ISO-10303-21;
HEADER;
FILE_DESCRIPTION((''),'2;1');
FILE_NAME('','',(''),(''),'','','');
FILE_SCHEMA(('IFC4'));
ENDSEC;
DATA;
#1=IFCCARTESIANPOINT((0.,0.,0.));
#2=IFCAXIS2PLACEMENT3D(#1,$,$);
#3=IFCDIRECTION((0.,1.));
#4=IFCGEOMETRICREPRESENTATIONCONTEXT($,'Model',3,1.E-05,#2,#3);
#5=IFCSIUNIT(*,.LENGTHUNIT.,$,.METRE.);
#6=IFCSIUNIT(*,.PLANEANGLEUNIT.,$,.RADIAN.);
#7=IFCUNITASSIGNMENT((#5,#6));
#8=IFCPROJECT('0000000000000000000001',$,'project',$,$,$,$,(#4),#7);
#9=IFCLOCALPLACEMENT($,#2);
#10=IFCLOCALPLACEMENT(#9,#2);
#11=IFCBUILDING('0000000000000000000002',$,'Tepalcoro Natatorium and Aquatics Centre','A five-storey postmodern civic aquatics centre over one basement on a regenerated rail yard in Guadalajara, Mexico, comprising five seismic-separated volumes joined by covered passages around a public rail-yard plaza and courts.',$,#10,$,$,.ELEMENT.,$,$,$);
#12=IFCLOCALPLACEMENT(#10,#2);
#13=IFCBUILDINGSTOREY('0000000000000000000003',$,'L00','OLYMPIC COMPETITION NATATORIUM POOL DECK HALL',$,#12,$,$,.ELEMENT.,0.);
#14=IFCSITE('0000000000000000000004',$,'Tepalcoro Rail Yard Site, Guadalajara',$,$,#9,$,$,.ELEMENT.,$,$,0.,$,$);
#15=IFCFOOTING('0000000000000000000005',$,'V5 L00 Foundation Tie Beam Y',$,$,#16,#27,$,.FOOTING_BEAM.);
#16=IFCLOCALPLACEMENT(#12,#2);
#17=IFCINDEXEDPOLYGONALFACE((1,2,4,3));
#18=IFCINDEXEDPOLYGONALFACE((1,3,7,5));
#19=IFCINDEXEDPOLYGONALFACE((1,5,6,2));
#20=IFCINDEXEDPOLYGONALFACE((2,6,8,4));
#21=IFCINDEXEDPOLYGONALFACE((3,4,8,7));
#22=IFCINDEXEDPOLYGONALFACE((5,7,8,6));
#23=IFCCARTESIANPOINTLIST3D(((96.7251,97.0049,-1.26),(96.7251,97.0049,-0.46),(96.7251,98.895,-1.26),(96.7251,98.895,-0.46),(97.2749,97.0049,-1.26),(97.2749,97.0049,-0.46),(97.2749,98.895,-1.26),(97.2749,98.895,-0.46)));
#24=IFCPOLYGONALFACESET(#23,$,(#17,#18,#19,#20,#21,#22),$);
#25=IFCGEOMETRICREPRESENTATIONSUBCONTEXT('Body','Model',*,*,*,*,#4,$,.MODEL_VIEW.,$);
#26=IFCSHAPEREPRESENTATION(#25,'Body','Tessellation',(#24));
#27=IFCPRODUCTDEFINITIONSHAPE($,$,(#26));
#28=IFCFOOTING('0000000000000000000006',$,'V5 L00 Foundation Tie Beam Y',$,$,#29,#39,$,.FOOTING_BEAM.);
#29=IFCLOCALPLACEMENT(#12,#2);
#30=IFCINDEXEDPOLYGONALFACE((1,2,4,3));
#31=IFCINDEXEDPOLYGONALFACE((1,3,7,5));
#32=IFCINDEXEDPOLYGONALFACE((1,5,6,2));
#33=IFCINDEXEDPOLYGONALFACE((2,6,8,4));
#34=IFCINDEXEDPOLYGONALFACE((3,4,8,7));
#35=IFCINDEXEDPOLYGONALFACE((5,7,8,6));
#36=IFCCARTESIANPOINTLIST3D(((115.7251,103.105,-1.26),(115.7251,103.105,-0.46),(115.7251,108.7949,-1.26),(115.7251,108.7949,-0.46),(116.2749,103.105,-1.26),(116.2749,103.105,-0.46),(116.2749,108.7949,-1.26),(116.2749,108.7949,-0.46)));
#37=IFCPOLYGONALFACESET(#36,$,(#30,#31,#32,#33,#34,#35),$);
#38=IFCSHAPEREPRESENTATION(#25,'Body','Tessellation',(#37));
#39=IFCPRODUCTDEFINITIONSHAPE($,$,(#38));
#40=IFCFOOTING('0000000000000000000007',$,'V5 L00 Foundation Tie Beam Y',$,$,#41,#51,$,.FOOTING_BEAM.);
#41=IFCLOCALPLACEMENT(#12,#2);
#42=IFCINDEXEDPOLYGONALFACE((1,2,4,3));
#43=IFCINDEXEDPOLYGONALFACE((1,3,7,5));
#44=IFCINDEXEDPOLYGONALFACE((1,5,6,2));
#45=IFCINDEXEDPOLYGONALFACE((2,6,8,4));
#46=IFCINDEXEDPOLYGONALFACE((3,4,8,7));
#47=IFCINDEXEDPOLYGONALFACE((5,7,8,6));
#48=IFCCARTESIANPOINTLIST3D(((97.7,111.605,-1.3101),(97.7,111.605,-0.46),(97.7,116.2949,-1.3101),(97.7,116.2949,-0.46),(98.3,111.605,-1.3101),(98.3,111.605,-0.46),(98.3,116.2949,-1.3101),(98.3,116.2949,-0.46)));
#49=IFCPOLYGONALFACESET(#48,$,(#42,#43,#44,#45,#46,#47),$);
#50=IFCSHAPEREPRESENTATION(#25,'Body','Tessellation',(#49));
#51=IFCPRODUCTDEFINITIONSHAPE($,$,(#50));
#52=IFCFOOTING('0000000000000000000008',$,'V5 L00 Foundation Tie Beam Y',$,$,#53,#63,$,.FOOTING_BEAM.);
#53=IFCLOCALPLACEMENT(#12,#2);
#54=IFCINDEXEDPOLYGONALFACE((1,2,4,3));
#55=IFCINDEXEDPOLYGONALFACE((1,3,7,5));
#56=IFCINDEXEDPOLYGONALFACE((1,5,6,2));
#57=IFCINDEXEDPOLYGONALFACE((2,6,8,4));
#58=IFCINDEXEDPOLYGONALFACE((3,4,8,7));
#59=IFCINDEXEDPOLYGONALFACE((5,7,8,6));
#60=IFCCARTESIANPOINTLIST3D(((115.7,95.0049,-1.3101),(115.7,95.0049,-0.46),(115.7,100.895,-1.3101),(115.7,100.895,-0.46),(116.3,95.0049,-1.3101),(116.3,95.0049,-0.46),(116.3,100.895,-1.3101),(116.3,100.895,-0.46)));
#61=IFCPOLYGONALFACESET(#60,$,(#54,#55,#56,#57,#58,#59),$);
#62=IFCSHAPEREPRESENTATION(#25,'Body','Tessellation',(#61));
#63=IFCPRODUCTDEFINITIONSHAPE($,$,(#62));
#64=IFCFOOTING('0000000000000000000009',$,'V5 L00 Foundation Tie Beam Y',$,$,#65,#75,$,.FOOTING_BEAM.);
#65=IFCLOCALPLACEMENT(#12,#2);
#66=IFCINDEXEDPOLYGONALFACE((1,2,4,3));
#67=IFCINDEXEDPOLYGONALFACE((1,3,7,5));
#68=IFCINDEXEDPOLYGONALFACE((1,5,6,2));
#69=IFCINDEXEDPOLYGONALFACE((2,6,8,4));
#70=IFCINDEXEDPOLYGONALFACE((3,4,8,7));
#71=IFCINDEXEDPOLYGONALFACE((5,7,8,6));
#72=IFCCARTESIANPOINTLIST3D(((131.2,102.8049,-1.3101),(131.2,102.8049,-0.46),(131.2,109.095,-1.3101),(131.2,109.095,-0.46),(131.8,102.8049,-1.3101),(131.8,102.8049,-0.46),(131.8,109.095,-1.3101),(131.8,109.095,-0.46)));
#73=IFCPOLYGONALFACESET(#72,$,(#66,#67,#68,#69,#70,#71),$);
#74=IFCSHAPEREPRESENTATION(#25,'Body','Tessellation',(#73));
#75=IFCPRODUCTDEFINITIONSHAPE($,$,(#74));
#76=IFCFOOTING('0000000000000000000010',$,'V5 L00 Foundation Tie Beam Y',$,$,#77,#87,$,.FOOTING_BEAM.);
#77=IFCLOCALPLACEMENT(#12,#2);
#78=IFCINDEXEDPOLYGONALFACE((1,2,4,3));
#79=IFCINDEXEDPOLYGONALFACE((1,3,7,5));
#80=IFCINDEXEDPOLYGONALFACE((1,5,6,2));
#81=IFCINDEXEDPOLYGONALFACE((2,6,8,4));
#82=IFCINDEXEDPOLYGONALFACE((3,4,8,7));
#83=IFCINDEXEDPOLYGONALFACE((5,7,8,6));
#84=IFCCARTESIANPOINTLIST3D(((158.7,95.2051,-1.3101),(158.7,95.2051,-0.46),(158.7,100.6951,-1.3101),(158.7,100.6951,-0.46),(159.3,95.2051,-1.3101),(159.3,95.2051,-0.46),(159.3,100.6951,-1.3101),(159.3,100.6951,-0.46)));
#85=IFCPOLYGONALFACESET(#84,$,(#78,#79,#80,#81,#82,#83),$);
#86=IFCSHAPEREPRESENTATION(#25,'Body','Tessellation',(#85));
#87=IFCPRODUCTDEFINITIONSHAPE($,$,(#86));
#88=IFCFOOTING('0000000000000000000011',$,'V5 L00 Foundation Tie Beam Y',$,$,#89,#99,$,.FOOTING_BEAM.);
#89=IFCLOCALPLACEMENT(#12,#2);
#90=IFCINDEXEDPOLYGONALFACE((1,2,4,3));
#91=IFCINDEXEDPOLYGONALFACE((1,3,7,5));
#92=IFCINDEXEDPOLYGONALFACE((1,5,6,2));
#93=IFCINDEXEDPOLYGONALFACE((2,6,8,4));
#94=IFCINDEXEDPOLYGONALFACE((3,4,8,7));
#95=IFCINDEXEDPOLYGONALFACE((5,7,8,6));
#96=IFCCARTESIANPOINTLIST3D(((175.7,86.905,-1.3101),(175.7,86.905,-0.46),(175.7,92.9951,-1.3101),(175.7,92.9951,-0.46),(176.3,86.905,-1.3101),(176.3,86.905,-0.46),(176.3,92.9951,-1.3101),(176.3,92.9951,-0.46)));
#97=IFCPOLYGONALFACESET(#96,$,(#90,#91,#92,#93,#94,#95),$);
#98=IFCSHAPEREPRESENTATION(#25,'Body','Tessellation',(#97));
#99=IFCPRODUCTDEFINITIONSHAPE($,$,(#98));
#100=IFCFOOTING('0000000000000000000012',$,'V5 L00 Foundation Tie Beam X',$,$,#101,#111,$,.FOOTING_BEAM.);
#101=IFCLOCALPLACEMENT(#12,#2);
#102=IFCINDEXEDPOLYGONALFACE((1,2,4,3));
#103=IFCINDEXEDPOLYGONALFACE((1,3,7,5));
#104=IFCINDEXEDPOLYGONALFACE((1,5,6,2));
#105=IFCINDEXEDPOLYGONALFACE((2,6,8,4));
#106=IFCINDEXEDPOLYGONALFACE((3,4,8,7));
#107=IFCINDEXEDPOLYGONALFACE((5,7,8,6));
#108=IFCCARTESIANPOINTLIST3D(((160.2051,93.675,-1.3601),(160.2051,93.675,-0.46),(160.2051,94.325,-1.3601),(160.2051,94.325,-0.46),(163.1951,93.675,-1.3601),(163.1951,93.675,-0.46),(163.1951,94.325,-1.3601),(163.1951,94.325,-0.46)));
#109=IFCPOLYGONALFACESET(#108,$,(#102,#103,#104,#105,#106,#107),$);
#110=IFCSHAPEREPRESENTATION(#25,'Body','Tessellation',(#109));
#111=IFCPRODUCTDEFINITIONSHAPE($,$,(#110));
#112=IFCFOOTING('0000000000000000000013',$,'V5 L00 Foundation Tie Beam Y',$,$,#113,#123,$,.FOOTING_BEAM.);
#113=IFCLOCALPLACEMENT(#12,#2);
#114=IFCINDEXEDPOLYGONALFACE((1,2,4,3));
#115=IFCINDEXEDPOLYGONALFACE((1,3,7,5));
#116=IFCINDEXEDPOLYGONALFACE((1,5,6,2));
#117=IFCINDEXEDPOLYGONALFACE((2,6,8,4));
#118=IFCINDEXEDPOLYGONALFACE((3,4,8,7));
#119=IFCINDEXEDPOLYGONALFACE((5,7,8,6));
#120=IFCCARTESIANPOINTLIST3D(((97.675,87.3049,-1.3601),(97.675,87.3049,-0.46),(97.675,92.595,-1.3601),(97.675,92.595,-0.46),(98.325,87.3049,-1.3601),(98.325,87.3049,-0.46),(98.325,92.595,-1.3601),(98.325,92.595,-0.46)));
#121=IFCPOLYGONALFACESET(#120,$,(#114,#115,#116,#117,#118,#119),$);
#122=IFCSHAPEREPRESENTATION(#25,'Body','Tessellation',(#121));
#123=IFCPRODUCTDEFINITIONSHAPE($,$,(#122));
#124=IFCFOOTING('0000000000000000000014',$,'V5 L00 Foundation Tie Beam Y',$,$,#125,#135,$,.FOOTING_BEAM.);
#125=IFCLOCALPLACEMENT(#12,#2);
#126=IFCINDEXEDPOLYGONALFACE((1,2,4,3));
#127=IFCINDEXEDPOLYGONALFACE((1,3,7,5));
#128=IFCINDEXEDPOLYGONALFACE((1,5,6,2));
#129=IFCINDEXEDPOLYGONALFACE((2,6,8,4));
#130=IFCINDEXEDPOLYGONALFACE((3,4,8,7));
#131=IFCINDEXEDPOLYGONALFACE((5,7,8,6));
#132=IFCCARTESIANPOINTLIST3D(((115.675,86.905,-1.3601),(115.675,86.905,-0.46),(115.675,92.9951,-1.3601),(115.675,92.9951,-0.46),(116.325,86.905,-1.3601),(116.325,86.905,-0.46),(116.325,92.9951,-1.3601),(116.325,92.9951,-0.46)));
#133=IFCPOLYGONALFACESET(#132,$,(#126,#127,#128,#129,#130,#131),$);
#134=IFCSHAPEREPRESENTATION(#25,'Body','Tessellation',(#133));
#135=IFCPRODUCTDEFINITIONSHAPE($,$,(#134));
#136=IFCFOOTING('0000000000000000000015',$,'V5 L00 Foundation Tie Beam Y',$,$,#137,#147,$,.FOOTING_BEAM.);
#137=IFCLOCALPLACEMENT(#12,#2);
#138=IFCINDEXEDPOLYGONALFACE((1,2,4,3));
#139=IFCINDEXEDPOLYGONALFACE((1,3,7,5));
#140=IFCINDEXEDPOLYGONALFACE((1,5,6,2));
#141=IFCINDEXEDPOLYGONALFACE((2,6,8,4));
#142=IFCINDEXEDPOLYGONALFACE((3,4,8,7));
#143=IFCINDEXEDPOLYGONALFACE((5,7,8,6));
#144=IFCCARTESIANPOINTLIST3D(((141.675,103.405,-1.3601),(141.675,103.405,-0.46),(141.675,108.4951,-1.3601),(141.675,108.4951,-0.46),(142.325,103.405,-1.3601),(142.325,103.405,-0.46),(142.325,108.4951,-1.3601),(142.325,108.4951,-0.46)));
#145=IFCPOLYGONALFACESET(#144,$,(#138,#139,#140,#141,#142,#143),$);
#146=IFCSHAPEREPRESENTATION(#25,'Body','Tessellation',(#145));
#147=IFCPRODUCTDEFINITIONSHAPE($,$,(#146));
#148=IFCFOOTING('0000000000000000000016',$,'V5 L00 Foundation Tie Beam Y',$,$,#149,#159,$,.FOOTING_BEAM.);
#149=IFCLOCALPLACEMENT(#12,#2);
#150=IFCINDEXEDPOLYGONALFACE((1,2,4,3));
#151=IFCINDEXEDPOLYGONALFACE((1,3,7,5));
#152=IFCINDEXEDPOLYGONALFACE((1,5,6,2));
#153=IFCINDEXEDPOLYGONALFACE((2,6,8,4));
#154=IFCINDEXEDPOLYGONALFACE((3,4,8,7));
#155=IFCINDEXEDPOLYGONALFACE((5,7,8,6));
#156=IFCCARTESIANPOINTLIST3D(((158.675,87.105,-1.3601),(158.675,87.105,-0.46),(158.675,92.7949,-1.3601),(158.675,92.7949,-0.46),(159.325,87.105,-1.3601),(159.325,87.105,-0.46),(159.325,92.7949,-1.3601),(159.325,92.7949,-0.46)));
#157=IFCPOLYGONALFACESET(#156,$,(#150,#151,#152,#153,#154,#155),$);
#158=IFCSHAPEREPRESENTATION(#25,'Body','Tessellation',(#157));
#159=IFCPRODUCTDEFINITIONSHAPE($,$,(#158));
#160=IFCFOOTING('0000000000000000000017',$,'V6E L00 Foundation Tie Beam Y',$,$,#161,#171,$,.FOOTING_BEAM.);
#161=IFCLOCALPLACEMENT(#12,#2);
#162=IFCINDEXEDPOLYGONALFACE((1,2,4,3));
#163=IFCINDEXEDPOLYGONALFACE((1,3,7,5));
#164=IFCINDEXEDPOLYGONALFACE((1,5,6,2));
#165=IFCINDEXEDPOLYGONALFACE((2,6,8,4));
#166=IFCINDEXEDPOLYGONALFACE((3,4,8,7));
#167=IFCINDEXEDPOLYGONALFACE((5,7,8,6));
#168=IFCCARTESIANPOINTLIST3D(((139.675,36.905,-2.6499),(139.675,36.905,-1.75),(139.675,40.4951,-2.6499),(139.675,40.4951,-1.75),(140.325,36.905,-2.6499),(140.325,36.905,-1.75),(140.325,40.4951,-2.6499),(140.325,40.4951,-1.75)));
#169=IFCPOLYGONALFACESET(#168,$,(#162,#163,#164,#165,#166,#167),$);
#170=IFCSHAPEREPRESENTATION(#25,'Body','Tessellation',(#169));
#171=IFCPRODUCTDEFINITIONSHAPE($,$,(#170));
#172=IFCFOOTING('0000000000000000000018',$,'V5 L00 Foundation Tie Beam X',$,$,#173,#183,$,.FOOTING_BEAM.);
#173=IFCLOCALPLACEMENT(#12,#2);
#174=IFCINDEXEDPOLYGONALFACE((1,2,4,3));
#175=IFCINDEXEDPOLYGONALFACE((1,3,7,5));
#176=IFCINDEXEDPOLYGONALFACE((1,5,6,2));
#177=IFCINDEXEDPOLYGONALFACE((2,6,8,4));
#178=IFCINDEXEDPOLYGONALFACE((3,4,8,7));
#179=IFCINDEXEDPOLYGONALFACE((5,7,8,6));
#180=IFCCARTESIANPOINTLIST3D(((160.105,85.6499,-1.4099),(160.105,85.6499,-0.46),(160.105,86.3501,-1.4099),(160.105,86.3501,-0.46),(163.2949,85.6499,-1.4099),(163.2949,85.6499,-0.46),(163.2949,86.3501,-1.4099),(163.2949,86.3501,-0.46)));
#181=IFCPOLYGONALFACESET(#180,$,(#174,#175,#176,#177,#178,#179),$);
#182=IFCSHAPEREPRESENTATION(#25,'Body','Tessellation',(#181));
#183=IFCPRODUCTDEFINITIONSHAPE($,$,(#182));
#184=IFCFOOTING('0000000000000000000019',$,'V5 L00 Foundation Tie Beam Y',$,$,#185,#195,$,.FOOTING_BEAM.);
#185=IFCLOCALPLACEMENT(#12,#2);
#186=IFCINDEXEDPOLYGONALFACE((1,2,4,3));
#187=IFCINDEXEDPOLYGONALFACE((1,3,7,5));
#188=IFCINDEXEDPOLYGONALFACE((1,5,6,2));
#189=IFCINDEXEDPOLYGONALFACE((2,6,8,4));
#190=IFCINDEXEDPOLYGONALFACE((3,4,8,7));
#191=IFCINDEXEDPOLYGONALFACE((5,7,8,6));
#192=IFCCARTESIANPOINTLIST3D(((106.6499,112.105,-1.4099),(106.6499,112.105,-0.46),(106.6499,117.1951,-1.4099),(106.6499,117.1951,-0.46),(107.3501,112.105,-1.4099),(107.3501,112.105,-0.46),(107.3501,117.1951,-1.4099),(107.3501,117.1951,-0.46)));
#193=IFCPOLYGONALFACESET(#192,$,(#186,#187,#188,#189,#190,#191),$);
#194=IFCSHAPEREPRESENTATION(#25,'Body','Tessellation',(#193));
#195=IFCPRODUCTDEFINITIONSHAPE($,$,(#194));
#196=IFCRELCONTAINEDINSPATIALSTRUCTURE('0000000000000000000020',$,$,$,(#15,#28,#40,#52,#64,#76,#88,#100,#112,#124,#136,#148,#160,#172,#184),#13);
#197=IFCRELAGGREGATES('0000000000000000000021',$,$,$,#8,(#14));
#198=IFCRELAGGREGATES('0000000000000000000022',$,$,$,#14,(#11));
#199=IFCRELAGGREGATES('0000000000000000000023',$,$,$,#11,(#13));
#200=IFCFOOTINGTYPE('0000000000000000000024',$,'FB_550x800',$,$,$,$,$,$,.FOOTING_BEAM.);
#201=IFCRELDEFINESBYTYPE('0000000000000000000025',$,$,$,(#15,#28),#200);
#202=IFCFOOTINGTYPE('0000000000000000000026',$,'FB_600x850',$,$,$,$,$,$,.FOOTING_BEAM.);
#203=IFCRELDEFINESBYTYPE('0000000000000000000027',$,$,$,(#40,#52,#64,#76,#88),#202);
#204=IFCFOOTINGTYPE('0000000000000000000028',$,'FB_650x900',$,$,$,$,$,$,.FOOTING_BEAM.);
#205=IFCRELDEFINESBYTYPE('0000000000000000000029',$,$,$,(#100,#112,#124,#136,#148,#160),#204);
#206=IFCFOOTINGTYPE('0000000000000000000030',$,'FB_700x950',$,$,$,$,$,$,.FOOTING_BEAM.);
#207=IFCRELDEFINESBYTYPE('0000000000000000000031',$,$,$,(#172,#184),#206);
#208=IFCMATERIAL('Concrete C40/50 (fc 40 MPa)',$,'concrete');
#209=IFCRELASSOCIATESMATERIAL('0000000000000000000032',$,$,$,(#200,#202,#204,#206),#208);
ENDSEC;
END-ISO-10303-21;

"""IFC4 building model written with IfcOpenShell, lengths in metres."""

from ifc_helpers import new_model, si_unit, direction, frame, origin, place, context, subcontext, project, spatial, polyline, outline, extrude, material, type_object, element, save


model = new_model("IFC4")

# Units and contexts
model_context = context("Model", 3, precision=1e-05, world=origin(), true_north=direction((0.0, 1.0)))
body_context = subcontext(model_context, "Body", "Model", "MODEL_VIEW")
ifc_project = project(units=[si_unit("LENGTHUNIT", "METRE"), si_unit("PLANEANGLEUNIT", "RADIAN")], contexts=[model_context])

# Site, building, storey
site_placement = place(None, origin())
site = spatial("IfcSite", under=ifc_project, at=site_placement, Name="Tepalcoro Rail Yard Site, Guadalajara", CompositionType="ELEMENT", RefElevation=0.0)
building_placement = place(site_placement, origin())
building = spatial("IfcBuilding", under=site, at=building_placement, Name="Tepalcoro Natatorium and Aquatics Centre", Description="A five-storey postmodern civic aquatics centre over one basement on a regenerated rail yard in Guadalajara, Mexico, comprising five seismic-separated volumes joined by covered passages around a public rail-yard plaza and courts.", CompositionType="ELEMENT")
storey_placement = place(building_placement, origin())
storey = spatial("IfcBuildingStorey", under=building, at=storey_placement, Name="L00", Description="OLYMPIC COMPETITION NATATORIUM POOL DECK HALL", CompositionType="ELEMENT", Elevation=0.0)

# Footings
ifc_material = material(Name="Concrete C40/50 (fc 40 MPa)", Category="concrete")
footing_type_1 = type_object("IfcFootingType", Name="FB_550x800", PredefinedType="FOOTING_BEAM", material=ifc_material)
footing_1_placement = place(storey_placement, frame((0.0, 0.0, -1.26)))
element("IfcFooting", 1, at=footing_1_placement, inside=storey, type_object=footing_type_1, Name="V5 L00 Foundation Tie Beam Y", PredefinedType="FOOTING_BEAM", context=body_context, shape_type="SweptSolid", body=[
    extrude(outline(polyline([(97.2749, 97.0049), (97.2749, 98.895), (96.7251, 98.895), (96.7251, 97.0049), (97.2749, 97.0049)])), origin(), (0.0, 0.0, 1.0), 0.8),
])
footing_2_placement = place(storey_placement, frame((0.0, 0.0, -1.26)))
element("IfcFooting", 2, at=footing_2_placement, inside=storey, type_object=footing_type_1, Name="V5 L00 Foundation Tie Beam Y", PredefinedType="FOOTING_BEAM", context=body_context, shape_type="SweptSolid", body=[
    extrude(outline(polyline([(116.2749, 103.105), (116.2749, 108.7949), (115.7251, 108.7949), (115.7251, 103.105), (116.2749, 103.105)])), origin(), (0.0, 0.0, 1.0), 0.8),
])
footing_type_2 = type_object("IfcFootingType", Name="FB_600x850", PredefinedType="FOOTING_BEAM", material=ifc_material)
footing_3_placement = place(storey_placement, frame((0.0, 0.0, -1.3101)))
element("IfcFooting", 3, at=footing_3_placement, inside=storey, type_object=footing_type_2, Name="V5 L00 Foundation Tie Beam Y", PredefinedType="FOOTING_BEAM", context=body_context, shape_type="SweptSolid", body=[
    extrude(outline(polyline([(98.3, 111.605), (98.3, 116.2949), (97.7, 116.2949), (97.7, 111.605), (98.3, 111.605)])), origin(), (0.0, 0.0, 1.0), 0.8501),
])
footing_4_placement = place(storey_placement, frame((0.0, 0.0, -1.3101)))
element("IfcFooting", 4, at=footing_4_placement, inside=storey, type_object=footing_type_2, Name="V5 L00 Foundation Tie Beam Y", PredefinedType="FOOTING_BEAM", context=body_context, shape_type="SweptSolid", body=[
    extrude(outline(polyline([(116.3, 95.0049), (116.3, 100.895), (115.7, 100.895), (115.7, 95.0049), (116.3, 95.0049)])), origin(), (0.0, 0.0, 1.0), 0.8501),
])
footing_5_placement = place(storey_placement, frame((0.0, 0.0, -1.3101)))
element("IfcFooting", 5, at=footing_5_placement, inside=storey, type_object=footing_type_2, Name="V5 L00 Foundation Tie Beam Y", PredefinedType="FOOTING_BEAM", context=body_context, shape_type="SweptSolid", body=[
    extrude(outline(polyline([(131.8, 102.8049), (131.8, 109.095), (131.2, 109.095), (131.2, 102.8049), (131.8, 102.8049)])), origin(), (0.0, 0.0, 1.0), 0.8501),
])
footing_6_placement = place(storey_placement, frame((0.0, 0.0, -1.3101)))
element("IfcFooting", 6, at=footing_6_placement, inside=storey, type_object=footing_type_2, Name="V5 L00 Foundation Tie Beam Y", PredefinedType="FOOTING_BEAM", context=body_context, shape_type="SweptSolid", body=[
    extrude(outline(polyline([(159.3, 95.2051), (159.3, 100.6951), (158.7, 100.6951), (158.7, 95.2051), (159.3, 95.2051)])), origin(), (0.0, 0.0, 1.0), 0.8501),
])
footing_7_placement = place(storey_placement, frame((0.0, 0.0, -1.3101)))
element("IfcFooting", 7, at=footing_7_placement, inside=storey, type_object=footing_type_2, Name="V5 L00 Foundation Tie Beam Y", PredefinedType="FOOTING_BEAM", context=body_context, shape_type="SweptSolid", body=[
    extrude(outline(polyline([(176.3, 86.905), (176.3, 92.9951), (175.7, 92.9951), (175.7, 86.905), (176.3, 86.905)])), origin(), (0.0, 0.0, 1.0), 0.8501),
])
footing_type_3 = type_object("IfcFootingType", Name="FB_650x900", PredefinedType="FOOTING_BEAM", material=ifc_material)
footing_8_placement = place(storey_placement, frame((0.0, 0.0, -1.3601)))
element("IfcFooting", 8, at=footing_8_placement, inside=storey, type_object=footing_type_3, Name="V5 L00 Foundation Tie Beam X", PredefinedType="FOOTING_BEAM", context=body_context, shape_type="SweptSolid", body=[
    extrude(outline(polyline([(160.2051, 93.675), (163.1951, 93.675), (163.1951, 94.325), (160.2051, 94.325), (160.2051, 93.675)])), origin(), (0.0, 0.0, 1.0), 0.9001),
])
footing_9_placement = place(storey_placement, frame((0.0, 0.0, -1.3601)))
element("IfcFooting", 9, at=footing_9_placement, inside=storey, type_object=footing_type_3, Name="V5 L00 Foundation Tie Beam Y", PredefinedType="FOOTING_BEAM", context=body_context, shape_type="SweptSolid", body=[
    extrude(outline(polyline([(98.325, 87.3049), (98.325, 92.595), (97.675, 92.595), (97.675, 87.3049), (98.325, 87.3049)])), origin(), (0.0, 0.0, 1.0), 0.9001),
])
footing_10_placement = place(storey_placement, frame((0.0, 0.0, -1.3601)))
element("IfcFooting", 10, at=footing_10_placement, inside=storey, type_object=footing_type_3, Name="V5 L00 Foundation Tie Beam Y", PredefinedType="FOOTING_BEAM", context=body_context, shape_type="SweptSolid", body=[
    extrude(outline(polyline([(116.325, 86.905), (116.325, 92.9951), (115.675, 92.9951), (115.675, 86.905), (116.325, 86.905)])), origin(), (0.0, 0.0, 1.0), 0.9001),
])
footing_11_placement = place(storey_placement, frame((0.0, 0.0, -1.3601)))
element("IfcFooting", 11, at=footing_11_placement, inside=storey, type_object=footing_type_3, Name="V5 L00 Foundation Tie Beam Y", PredefinedType="FOOTING_BEAM", context=body_context, shape_type="SweptSolid", body=[
    extrude(outline(polyline([(142.325, 103.405), (142.325, 108.4951), (141.675, 108.4951), (141.675, 103.405), (142.325, 103.405)])), origin(), (0.0, 0.0, 1.0), 0.9001),
])
footing_12_placement = place(storey_placement, frame((0.0, 0.0, -1.3601)))
element("IfcFooting", 12, at=footing_12_placement, inside=storey, type_object=footing_type_3, Name="V5 L00 Foundation Tie Beam Y", PredefinedType="FOOTING_BEAM", context=body_context, shape_type="SweptSolid", body=[
    extrude(outline(polyline([(159.325, 87.105), (159.325, 92.7949), (158.675, 92.7949), (158.675, 87.105), (159.325, 87.105)])), origin(), (0.0, 0.0, 1.0), 0.9001),
])
footing_13_placement = place(storey_placement, frame((0.0, 0.0, -2.6499)))
element("IfcFooting", 13, at=footing_13_placement, inside=storey, type_object=footing_type_3, Name="V6E L00 Foundation Tie Beam Y", PredefinedType="FOOTING_BEAM", context=body_context, shape_type="SweptSolid", body=[
    extrude(outline(polyline([(140.325, 36.905), (140.325, 40.4951), (139.675, 40.4951), (139.675, 36.905), (140.325, 36.905)])), origin(), (0.0, 0.0, 1.0), 0.8999),
])
footing_type_4 = type_object("IfcFootingType", Name="FB_700x950", PredefinedType="FOOTING_BEAM", material=ifc_material)
footing_14_placement = place(storey_placement, frame((0.0, 0.0, -1.4099)))
element("IfcFooting", 14, at=footing_14_placement, inside=storey, type_object=footing_type_4, Name="V5 L00 Foundation Tie Beam X", PredefinedType="FOOTING_BEAM", context=body_context, shape_type="SweptSolid", body=[
    extrude(outline(polyline([(160.105, 85.6499), (163.2949, 85.6499), (163.2949, 86.3501), (160.105, 86.3501), (160.105, 85.6499)])), origin(), (0.0, 0.0, 1.0), 0.95),
])
footing_15_placement = place(storey_placement, frame((0.0, 0.0, -1.4099)))
element("IfcFooting", 15, at=footing_15_placement, inside=storey, type_object=footing_type_4, Name="V5 L00 Foundation Tie Beam Y", PredefinedType="FOOTING_BEAM", context=body_context, shape_type="SweptSolid", body=[
    extrude(outline(polyline([(107.3501, 112.105), (107.3501, 117.1951), (106.6499, 117.1951), (106.6499, 112.105), (107.3501, 112.105)])), origin(), (0.0, 0.0, 1.0), 0.95),
])

save(model, "model.ifc")
